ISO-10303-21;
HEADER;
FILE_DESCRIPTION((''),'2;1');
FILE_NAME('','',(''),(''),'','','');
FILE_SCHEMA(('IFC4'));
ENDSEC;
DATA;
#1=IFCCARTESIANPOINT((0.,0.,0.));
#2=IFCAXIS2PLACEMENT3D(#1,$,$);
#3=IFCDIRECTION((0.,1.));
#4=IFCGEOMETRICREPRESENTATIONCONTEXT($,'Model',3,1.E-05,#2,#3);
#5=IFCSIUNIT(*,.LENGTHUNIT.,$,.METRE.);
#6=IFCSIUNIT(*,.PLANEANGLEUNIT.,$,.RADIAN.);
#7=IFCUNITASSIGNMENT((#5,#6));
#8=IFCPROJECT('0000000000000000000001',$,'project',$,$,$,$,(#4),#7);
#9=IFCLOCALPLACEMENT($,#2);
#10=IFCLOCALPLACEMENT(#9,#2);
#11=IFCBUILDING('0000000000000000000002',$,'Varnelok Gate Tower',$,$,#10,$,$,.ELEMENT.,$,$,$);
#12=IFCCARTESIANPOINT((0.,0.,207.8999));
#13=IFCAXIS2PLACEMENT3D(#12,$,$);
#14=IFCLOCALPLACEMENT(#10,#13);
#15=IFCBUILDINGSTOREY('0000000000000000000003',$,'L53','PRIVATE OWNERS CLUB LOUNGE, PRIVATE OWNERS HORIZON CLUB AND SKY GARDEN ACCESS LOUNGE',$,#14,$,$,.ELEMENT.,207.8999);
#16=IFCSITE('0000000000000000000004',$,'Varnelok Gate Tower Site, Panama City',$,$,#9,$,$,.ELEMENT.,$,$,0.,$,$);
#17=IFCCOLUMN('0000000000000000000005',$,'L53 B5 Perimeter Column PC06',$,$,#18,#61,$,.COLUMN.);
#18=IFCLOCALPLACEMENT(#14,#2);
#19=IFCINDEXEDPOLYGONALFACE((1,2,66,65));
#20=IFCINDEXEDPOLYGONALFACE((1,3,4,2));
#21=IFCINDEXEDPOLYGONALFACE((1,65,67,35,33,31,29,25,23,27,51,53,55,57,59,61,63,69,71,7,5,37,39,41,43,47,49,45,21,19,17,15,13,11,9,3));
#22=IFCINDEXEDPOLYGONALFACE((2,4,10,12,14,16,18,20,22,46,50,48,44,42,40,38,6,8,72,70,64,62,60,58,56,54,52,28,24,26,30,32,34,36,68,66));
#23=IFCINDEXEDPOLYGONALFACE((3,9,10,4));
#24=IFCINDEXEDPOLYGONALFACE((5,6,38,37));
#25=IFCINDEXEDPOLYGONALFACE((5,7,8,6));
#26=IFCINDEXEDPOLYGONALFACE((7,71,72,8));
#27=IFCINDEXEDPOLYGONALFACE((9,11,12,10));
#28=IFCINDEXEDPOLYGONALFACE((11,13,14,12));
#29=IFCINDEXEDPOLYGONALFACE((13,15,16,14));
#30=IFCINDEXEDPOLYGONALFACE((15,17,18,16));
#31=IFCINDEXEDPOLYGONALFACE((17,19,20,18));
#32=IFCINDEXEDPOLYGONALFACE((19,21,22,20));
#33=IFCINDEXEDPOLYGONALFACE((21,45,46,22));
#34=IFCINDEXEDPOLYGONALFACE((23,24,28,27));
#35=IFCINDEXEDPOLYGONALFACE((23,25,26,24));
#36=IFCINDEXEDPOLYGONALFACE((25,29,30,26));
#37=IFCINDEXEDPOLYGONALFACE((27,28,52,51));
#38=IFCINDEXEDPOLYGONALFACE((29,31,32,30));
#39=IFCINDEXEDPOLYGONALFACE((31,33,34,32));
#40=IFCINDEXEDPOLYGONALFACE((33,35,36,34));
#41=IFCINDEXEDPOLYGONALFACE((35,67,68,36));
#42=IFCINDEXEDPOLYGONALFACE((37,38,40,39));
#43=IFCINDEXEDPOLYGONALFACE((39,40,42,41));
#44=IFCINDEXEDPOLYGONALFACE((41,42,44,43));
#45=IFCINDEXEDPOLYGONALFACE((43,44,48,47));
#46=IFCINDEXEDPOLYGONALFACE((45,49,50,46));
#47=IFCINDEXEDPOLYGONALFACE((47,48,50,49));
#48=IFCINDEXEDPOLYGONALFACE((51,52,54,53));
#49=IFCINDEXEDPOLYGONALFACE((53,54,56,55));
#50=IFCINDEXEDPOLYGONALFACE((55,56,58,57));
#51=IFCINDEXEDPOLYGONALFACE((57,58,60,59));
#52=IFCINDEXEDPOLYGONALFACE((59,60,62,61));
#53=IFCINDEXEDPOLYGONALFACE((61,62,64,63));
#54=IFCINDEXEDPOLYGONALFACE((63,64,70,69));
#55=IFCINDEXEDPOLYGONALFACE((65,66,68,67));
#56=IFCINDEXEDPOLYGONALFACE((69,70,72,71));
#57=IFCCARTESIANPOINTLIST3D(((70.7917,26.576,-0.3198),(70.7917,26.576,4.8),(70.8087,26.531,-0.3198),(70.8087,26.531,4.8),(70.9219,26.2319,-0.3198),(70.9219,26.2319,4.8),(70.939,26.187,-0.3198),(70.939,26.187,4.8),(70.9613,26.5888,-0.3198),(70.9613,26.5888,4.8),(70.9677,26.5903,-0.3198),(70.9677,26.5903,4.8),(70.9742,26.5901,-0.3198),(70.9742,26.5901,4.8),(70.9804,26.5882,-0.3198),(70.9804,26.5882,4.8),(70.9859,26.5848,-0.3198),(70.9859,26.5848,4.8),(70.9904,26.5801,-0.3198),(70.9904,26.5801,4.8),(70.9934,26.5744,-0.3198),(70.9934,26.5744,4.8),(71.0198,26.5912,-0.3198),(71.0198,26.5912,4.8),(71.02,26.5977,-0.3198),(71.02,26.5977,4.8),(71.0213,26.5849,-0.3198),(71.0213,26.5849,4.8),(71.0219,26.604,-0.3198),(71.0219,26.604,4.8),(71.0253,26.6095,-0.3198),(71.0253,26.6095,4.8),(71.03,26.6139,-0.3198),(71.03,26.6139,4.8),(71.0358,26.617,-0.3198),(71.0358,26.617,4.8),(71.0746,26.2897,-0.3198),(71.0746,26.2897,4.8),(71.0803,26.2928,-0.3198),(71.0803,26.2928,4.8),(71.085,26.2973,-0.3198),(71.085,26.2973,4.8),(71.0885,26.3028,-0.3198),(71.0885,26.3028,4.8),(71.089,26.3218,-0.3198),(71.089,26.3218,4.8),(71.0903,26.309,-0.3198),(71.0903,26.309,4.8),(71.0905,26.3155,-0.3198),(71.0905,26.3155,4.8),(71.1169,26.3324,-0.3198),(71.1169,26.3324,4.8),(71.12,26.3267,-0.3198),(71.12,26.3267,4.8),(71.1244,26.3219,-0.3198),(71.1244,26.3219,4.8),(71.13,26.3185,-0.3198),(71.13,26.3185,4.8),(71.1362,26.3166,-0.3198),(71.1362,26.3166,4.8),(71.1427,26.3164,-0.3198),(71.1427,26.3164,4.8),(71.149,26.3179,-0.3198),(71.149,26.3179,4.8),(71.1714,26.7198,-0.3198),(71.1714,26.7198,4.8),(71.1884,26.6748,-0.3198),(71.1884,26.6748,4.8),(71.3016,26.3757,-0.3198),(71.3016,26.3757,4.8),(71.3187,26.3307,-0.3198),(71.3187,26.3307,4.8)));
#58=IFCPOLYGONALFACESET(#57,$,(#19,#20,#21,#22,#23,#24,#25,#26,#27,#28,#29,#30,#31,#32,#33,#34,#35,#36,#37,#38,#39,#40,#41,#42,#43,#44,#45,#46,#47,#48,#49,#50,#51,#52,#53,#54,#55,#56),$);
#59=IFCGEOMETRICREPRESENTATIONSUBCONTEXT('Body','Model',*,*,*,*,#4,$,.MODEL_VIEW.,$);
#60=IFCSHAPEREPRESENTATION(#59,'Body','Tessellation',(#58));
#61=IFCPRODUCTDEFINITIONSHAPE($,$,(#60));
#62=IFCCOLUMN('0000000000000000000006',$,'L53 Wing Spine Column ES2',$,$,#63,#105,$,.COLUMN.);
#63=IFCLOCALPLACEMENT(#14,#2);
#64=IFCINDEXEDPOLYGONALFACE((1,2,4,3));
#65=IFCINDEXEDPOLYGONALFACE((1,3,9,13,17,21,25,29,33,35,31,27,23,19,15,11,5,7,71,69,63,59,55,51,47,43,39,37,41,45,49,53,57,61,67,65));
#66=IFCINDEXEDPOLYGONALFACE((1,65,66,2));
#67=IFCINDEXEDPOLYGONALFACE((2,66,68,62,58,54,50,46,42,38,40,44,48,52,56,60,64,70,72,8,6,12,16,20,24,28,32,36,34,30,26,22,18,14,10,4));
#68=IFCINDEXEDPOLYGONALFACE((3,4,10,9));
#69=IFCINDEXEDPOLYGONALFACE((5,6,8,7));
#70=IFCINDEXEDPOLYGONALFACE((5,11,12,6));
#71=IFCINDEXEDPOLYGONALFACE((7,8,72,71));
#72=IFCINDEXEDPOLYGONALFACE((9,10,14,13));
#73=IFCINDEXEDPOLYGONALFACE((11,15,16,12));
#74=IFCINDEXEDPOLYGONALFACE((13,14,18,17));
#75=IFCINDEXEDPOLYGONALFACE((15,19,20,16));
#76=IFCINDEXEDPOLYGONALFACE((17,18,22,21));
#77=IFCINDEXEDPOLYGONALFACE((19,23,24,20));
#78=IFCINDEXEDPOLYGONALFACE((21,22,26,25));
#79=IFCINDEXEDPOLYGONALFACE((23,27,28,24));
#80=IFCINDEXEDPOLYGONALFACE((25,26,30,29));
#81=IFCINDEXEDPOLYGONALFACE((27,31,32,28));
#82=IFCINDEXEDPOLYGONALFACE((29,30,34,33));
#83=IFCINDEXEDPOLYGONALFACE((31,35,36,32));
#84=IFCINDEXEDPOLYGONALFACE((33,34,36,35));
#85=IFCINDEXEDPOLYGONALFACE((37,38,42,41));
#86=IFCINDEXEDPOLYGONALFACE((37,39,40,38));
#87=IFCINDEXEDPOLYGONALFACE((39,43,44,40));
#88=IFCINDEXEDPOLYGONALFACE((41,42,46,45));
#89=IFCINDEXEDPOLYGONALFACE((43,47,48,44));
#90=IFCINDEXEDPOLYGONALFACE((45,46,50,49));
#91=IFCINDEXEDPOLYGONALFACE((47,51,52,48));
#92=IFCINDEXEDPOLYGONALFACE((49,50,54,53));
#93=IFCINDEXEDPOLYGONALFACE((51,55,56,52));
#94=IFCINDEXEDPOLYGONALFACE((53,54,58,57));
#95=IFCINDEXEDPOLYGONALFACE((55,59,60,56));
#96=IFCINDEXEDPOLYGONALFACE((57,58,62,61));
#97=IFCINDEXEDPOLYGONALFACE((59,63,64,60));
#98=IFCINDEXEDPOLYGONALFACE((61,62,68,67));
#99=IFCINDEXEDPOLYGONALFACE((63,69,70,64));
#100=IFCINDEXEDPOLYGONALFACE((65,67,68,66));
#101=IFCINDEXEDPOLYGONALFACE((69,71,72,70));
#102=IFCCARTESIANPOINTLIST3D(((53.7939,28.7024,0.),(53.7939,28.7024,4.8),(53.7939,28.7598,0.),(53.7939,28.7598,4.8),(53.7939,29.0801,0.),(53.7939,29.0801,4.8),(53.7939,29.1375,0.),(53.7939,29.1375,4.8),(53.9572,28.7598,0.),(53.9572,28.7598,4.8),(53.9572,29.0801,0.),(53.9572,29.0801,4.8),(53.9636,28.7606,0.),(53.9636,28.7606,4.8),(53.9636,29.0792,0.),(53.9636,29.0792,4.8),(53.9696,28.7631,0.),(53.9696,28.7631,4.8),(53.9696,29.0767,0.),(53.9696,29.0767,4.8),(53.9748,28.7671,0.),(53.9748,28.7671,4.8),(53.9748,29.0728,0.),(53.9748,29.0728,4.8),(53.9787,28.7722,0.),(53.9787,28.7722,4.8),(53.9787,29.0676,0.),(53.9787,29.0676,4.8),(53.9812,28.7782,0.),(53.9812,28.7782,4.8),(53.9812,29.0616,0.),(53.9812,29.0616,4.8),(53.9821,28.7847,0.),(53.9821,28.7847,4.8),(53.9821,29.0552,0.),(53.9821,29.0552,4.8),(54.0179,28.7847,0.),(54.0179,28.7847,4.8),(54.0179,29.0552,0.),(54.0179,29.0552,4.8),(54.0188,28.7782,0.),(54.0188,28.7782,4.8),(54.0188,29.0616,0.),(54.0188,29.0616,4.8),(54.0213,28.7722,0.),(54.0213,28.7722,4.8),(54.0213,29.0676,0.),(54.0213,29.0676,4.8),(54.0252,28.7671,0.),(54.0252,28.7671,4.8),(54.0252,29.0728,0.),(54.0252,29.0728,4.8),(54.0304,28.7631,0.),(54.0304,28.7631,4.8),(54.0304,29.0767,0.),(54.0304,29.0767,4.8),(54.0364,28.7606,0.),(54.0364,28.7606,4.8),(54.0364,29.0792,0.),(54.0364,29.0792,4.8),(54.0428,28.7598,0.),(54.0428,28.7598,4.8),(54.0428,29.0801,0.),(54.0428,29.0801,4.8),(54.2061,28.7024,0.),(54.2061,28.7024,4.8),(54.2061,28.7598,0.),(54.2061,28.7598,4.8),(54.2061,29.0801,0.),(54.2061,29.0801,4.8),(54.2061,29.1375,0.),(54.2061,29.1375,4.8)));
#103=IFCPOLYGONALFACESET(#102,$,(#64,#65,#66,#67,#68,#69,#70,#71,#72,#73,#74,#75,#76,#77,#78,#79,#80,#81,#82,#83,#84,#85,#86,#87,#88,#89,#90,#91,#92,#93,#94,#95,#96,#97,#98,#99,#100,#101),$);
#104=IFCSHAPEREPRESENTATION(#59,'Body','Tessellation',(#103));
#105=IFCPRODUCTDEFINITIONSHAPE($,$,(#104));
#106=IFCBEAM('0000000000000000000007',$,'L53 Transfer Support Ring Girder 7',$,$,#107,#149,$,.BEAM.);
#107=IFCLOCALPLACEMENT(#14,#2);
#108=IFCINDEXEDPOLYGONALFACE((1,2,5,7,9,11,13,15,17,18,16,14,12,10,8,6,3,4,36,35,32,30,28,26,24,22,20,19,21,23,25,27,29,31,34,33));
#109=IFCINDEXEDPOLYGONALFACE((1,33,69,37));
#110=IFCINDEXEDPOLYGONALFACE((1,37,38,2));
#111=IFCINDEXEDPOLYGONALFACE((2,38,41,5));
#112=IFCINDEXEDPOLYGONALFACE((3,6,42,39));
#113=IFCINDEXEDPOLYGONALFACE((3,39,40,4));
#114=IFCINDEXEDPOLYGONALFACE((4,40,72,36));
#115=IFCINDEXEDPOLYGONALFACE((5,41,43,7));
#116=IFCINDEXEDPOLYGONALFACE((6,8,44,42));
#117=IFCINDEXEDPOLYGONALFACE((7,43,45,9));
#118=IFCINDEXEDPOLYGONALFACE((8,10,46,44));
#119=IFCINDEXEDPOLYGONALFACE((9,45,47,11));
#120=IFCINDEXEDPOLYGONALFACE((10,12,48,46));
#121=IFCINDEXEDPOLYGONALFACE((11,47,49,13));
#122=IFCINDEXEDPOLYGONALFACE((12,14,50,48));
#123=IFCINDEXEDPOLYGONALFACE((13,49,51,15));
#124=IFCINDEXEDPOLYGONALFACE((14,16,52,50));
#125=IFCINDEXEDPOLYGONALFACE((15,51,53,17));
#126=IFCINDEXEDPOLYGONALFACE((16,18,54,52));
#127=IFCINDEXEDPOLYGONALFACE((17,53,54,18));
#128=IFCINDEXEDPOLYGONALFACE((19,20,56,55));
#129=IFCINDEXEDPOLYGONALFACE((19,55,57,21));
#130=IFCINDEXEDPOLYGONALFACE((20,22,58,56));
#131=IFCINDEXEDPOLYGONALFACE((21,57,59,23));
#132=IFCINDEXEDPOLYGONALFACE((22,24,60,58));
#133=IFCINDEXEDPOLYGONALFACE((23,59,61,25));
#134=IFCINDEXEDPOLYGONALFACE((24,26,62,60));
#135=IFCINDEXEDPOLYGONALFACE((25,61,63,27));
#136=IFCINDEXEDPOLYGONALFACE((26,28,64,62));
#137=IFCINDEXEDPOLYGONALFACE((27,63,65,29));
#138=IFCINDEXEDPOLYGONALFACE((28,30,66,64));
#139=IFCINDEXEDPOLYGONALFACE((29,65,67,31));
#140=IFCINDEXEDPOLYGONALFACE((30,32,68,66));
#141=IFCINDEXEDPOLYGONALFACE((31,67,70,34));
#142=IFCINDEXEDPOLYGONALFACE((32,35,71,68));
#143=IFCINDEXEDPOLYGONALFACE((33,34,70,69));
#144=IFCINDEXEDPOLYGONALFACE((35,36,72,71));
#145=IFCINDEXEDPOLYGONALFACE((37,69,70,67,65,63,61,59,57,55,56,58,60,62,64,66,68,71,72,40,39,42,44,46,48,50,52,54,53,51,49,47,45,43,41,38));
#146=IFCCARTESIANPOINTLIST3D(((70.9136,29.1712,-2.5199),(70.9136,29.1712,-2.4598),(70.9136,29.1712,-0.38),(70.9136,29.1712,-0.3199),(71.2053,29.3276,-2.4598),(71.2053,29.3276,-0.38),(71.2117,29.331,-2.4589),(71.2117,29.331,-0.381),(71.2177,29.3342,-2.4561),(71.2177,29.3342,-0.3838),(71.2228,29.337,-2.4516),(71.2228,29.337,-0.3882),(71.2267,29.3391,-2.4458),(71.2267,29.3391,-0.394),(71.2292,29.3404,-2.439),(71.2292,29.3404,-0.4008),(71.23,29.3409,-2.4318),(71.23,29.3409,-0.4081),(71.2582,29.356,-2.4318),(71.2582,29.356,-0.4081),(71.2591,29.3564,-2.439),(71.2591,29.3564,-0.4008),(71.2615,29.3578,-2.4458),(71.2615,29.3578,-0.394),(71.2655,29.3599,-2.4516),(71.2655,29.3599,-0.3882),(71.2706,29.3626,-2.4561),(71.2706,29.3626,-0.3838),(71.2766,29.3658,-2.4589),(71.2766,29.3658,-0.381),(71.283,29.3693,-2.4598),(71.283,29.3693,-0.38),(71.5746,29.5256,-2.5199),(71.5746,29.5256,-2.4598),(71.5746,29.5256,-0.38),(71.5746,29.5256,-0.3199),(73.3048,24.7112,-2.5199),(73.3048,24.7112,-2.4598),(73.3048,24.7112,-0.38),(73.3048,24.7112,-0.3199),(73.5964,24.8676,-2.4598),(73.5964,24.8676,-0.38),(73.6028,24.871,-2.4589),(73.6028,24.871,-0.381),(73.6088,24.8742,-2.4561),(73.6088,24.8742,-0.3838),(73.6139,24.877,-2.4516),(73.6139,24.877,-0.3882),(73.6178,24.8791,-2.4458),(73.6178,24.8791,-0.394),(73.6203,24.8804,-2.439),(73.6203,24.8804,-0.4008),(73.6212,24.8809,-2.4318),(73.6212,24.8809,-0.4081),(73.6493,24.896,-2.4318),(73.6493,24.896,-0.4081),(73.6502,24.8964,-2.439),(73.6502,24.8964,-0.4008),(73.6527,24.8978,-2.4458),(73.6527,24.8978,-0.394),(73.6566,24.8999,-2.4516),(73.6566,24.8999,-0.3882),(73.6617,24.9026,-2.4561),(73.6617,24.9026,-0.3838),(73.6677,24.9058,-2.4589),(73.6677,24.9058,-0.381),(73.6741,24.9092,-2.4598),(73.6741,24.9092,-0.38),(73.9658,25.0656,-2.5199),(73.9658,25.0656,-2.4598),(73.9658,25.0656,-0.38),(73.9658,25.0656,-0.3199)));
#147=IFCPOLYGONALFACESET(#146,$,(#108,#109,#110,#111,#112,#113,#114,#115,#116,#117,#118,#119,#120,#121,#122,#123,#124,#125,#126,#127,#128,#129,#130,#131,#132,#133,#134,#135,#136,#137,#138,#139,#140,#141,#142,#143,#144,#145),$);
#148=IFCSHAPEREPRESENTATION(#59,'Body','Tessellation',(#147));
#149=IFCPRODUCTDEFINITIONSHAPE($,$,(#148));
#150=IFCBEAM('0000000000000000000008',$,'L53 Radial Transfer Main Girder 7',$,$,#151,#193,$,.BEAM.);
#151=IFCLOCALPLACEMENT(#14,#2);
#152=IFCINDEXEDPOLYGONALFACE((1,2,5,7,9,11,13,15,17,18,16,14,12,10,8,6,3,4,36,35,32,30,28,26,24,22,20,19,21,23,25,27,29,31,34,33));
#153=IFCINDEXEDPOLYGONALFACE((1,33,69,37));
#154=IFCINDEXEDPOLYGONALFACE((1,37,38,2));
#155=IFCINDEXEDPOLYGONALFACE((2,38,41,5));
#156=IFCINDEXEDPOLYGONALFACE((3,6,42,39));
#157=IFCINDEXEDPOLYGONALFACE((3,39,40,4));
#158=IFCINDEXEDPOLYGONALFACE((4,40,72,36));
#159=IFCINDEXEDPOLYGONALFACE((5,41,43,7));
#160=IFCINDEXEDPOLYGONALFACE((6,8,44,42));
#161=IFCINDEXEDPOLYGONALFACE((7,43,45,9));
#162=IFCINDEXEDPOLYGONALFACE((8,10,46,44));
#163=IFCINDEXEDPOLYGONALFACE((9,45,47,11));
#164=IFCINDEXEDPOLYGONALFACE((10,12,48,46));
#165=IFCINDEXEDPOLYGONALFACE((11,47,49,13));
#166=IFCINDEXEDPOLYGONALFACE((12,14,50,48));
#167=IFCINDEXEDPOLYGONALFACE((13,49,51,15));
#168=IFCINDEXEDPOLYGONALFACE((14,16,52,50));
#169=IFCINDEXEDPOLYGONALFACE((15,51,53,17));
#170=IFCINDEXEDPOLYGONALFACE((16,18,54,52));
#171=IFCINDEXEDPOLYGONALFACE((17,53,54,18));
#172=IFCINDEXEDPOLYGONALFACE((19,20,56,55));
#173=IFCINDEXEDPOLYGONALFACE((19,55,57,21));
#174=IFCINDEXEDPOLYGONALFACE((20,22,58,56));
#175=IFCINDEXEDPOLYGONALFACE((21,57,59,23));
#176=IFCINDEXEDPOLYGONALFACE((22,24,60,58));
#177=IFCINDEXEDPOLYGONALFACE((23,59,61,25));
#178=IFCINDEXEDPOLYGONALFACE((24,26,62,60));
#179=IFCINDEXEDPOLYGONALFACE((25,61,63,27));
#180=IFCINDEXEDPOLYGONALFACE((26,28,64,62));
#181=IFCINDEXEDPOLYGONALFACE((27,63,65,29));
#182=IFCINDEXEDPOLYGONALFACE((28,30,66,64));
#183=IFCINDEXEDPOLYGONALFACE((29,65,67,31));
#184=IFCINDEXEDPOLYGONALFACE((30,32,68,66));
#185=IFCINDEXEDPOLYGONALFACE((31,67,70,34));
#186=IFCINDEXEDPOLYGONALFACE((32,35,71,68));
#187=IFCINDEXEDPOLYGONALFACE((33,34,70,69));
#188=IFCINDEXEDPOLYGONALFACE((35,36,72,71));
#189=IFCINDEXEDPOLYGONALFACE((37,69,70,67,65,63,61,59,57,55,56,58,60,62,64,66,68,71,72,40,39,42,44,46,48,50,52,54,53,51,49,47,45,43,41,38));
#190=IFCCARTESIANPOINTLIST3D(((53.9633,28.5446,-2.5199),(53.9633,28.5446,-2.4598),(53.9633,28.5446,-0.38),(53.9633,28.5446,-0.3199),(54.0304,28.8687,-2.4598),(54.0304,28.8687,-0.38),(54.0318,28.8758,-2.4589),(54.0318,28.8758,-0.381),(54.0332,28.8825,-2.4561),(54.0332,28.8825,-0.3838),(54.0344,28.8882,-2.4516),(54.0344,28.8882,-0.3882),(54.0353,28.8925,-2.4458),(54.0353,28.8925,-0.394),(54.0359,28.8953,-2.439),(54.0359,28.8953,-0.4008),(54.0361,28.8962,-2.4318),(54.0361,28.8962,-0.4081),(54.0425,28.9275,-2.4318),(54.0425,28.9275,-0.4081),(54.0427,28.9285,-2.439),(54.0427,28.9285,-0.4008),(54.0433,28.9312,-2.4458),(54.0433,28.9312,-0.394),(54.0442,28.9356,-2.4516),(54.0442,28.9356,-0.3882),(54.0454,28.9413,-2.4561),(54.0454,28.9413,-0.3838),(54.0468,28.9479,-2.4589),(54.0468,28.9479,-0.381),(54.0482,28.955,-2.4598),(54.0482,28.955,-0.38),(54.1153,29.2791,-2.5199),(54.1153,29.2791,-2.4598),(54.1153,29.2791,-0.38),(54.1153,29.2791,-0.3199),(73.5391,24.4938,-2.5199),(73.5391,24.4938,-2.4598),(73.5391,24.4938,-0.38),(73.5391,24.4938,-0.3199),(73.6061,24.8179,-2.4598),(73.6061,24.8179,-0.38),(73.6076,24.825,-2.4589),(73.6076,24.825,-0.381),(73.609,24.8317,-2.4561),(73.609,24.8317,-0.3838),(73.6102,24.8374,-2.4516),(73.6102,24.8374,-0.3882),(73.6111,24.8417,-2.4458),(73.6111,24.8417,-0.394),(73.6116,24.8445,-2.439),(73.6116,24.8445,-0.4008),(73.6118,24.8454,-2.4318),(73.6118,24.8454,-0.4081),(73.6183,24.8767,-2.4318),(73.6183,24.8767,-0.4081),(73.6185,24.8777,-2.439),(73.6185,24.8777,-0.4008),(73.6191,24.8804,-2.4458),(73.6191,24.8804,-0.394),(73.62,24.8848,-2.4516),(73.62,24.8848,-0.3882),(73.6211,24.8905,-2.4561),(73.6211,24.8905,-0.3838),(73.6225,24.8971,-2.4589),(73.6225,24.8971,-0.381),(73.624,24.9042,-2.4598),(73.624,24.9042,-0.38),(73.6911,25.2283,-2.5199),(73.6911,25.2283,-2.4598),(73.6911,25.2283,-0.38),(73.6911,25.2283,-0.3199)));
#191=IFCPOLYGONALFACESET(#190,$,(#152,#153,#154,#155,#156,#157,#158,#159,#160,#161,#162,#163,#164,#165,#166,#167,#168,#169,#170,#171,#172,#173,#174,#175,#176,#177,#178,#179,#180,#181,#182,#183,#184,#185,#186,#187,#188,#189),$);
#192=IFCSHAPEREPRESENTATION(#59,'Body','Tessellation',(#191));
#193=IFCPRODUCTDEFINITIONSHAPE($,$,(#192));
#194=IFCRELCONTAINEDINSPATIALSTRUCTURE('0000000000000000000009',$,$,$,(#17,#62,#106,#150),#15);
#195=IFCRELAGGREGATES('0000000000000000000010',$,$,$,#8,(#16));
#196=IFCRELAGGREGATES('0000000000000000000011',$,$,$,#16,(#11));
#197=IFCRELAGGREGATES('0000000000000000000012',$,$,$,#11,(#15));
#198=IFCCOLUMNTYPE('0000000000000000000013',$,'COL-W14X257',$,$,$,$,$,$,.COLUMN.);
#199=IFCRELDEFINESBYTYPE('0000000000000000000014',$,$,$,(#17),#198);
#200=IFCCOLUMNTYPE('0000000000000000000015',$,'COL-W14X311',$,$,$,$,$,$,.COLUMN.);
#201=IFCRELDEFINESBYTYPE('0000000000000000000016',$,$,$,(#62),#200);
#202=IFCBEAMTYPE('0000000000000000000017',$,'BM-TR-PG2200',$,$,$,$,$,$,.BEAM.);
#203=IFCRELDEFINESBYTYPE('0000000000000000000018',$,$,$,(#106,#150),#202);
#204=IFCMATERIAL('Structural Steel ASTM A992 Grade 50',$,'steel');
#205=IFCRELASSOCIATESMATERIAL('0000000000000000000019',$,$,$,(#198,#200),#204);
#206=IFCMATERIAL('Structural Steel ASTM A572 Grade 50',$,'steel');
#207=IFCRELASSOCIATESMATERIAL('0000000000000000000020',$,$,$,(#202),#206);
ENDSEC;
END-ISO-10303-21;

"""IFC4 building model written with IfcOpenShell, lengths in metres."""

from ifc_helpers import new_model, si_unit, direction, frame, origin, origin_2d, place, context, subcontext, project, spatial, i_section, extrude, material, material_profile, profile_set, type_object, element, save


model = new_model("IFC4")

# Units and contexts
model_context = context("Model", 3, precision=1e-05, world=origin(), true_north=direction((0.0, 1.0)))
body_context = subcontext(model_context, "Body", "Model", "MODEL_VIEW")
ifc_project = project(units=[si_unit("LENGTHUNIT", "METRE"), si_unit("PLANEANGLEUNIT", "RADIAN")], contexts=[model_context])

# Site, building, storey
site_placement = place(None, origin())
site = spatial("IfcSite", under=ifc_project, at=site_placement, Name="Varnelok Gate Tower Site, Panama City", CompositionType="ELEMENT", RefElevation=0.0)
building_placement = place(site_placement, origin())
building = spatial("IfcBuilding", under=site, at=building_placement, Name="Varnelok Gate Tower", CompositionType="ELEMENT")
storey_placement = place(building_placement, frame((0.0, 0.0, 207.8999)))
storey = spatial("IfcBuildingStorey", under=building, at=storey_placement, Name="L53", Description="PRIVATE OWNERS CLUB LOUNGE, PRIVATE OWNERS HORIZON CLUB AND SKY GARDEN ACCESS LOUNGE", CompositionType="ELEMENT", Elevation=207.8999)

# Columns
ifc_material_1 = material(Name="Structural Steel ASTM A992 Grade 50", Category="steel")
ifc_material_profile_1 = material_profile(ifc_material_1, i_section(OverallWidth=0.406, OverallDepth=0.416, WebThickness=0.0298, FlangeThickness=0.0481, FilletRadius=0.0249, at=origin_2d()), Name="W14X257")
ifc_profile_set_1 = profile_set([ifc_material_profile_1], Name="Structural Steel ASTM A992 Grade 50")
column_type_1 = type_object("IfcColumnType", Name="COL-W14X257", PredefinedType="COLUMN", material=ifc_profile_set_1)
column_1_placement = place(storey_placement, frame((71.0552, 26.4534, -0.3198), z_axis=(0.0, 0.0, 1.0), x_axis=(0.935222, 0.354063, 0.0)))
element("IfcColumn", 1, at=column_1_placement, inside=storey, type_object=column_type_1, Name="L53 B5 Perimeter Column PC06", PredefinedType="COLUMN", context=body_context, shape_type="SweptSolid", body=[
    extrude(i_section(OverallWidth=0.406, OverallDepth=0.416, WebThickness=0.0298, FlangeThickness=0.0481, FilletRadius=0.0249, at=origin_2d()), origin(), (0.0, 0.0, 1.0), 5.1199),
])
ifc_material_profile_2 = material_profile(ifc_material_1, i_section(OverallWidth=0.4121, OverallDepth=0.4351, WebThickness=0.0359, FlangeThickness=0.0574, FilletRadius=0.0249, at=origin_2d()), Name="W14X311")
ifc_profile_set_2 = profile_set([ifc_material_profile_2], Name="Structural Steel ASTM A992 Grade 50")
column_type_2 = type_object("IfcColumnType", Name="COL-W14X311", PredefinedType="COLUMN", material=ifc_profile_set_2)
column_2_placement = place(storey_placement, frame((54.0, 28.9199, 0.0), z_axis=(0.0, 0.0, 1.0), x_axis=(1.0, 0.0, 0.0)))
element("IfcColumn", 2, at=column_2_placement, inside=storey, type_object=column_type_2, Name="L53 Wing Spine Column ES2", PredefinedType="COLUMN", context=body_context, shape_type="SweptSolid", body=[
    extrude(i_section(OverallWidth=0.4121, OverallDepth=0.4351, WebThickness=0.0359, FlangeThickness=0.0574, FilletRadius=0.0249, at=origin_2d()), origin(), (0.0, 0.0, 1.0), 4.8),
])

# Beams
ifc_material_2 = material(Name="Structural Steel ASTM A572 Grade 50", Category="steel")
ifc_material_profile_3 = material_profile(ifc_material_2, i_section(OverallWidth=0.75, OverallDepth=2.2, WebThickness=0.032, FlangeThickness=0.0601, FilletRadius=0.0281, at=origin_2d()), Name="PG2200X750")
ifc_profile_set_3 = profile_set([ifc_material_profile_3], Name="Structural Steel ASTM A572 Grade 50")
beam_type = type_object("IfcBeamType", Name="BM-TR-PG2200", PredefinedType="BEAM", material=ifc_profile_set_3)
beam_1_placement = place(storey_placement, frame((73.6353, 24.8884, -1.4199), z_axis=(-0.472505, 0.881328, 0.0), x_axis=(-0.881328, -0.472505, 0.0)))
element("IfcBeam", 3, at=beam_1_placement, inside=storey, type_object=beam_type, Name="L53 Transfer Support Ring Girder 7", PredefinedType="BEAM", context=body_context, shape_type="SweptSolid", body=[
    extrude(i_section(OverallWidth=0.75, OverallDepth=2.2, WebThickness=0.032, FlangeThickness=0.0601, FilletRadius=0.0281, at=origin_2d()), origin(), (0.0, 0.0, 1.0), 5.0605),
])
beam_2_placement = place(storey_placement, frame((54.0393, 28.9119, -1.4199), z_axis=(0.979254, -0.202636, 0.0), x_axis=(0.202636, 0.979254, 0.0)))
element("IfcBeam", 4, at=beam_2_placement, inside=storey, type_object=beam_type, Name="L53 Radial Transfer Main Girder 7", PredefinedType="BEAM", context=body_context, shape_type="SweptSolid", body=[
    extrude(i_section(OverallWidth=0.75, OverallDepth=2.2, WebThickness=0.032, FlangeThickness=0.0601, FilletRadius=0.0281, at=origin_2d()), origin(), (0.0, 0.0, 1.0), 19.9905),
])

save(model, "model.ifc")
